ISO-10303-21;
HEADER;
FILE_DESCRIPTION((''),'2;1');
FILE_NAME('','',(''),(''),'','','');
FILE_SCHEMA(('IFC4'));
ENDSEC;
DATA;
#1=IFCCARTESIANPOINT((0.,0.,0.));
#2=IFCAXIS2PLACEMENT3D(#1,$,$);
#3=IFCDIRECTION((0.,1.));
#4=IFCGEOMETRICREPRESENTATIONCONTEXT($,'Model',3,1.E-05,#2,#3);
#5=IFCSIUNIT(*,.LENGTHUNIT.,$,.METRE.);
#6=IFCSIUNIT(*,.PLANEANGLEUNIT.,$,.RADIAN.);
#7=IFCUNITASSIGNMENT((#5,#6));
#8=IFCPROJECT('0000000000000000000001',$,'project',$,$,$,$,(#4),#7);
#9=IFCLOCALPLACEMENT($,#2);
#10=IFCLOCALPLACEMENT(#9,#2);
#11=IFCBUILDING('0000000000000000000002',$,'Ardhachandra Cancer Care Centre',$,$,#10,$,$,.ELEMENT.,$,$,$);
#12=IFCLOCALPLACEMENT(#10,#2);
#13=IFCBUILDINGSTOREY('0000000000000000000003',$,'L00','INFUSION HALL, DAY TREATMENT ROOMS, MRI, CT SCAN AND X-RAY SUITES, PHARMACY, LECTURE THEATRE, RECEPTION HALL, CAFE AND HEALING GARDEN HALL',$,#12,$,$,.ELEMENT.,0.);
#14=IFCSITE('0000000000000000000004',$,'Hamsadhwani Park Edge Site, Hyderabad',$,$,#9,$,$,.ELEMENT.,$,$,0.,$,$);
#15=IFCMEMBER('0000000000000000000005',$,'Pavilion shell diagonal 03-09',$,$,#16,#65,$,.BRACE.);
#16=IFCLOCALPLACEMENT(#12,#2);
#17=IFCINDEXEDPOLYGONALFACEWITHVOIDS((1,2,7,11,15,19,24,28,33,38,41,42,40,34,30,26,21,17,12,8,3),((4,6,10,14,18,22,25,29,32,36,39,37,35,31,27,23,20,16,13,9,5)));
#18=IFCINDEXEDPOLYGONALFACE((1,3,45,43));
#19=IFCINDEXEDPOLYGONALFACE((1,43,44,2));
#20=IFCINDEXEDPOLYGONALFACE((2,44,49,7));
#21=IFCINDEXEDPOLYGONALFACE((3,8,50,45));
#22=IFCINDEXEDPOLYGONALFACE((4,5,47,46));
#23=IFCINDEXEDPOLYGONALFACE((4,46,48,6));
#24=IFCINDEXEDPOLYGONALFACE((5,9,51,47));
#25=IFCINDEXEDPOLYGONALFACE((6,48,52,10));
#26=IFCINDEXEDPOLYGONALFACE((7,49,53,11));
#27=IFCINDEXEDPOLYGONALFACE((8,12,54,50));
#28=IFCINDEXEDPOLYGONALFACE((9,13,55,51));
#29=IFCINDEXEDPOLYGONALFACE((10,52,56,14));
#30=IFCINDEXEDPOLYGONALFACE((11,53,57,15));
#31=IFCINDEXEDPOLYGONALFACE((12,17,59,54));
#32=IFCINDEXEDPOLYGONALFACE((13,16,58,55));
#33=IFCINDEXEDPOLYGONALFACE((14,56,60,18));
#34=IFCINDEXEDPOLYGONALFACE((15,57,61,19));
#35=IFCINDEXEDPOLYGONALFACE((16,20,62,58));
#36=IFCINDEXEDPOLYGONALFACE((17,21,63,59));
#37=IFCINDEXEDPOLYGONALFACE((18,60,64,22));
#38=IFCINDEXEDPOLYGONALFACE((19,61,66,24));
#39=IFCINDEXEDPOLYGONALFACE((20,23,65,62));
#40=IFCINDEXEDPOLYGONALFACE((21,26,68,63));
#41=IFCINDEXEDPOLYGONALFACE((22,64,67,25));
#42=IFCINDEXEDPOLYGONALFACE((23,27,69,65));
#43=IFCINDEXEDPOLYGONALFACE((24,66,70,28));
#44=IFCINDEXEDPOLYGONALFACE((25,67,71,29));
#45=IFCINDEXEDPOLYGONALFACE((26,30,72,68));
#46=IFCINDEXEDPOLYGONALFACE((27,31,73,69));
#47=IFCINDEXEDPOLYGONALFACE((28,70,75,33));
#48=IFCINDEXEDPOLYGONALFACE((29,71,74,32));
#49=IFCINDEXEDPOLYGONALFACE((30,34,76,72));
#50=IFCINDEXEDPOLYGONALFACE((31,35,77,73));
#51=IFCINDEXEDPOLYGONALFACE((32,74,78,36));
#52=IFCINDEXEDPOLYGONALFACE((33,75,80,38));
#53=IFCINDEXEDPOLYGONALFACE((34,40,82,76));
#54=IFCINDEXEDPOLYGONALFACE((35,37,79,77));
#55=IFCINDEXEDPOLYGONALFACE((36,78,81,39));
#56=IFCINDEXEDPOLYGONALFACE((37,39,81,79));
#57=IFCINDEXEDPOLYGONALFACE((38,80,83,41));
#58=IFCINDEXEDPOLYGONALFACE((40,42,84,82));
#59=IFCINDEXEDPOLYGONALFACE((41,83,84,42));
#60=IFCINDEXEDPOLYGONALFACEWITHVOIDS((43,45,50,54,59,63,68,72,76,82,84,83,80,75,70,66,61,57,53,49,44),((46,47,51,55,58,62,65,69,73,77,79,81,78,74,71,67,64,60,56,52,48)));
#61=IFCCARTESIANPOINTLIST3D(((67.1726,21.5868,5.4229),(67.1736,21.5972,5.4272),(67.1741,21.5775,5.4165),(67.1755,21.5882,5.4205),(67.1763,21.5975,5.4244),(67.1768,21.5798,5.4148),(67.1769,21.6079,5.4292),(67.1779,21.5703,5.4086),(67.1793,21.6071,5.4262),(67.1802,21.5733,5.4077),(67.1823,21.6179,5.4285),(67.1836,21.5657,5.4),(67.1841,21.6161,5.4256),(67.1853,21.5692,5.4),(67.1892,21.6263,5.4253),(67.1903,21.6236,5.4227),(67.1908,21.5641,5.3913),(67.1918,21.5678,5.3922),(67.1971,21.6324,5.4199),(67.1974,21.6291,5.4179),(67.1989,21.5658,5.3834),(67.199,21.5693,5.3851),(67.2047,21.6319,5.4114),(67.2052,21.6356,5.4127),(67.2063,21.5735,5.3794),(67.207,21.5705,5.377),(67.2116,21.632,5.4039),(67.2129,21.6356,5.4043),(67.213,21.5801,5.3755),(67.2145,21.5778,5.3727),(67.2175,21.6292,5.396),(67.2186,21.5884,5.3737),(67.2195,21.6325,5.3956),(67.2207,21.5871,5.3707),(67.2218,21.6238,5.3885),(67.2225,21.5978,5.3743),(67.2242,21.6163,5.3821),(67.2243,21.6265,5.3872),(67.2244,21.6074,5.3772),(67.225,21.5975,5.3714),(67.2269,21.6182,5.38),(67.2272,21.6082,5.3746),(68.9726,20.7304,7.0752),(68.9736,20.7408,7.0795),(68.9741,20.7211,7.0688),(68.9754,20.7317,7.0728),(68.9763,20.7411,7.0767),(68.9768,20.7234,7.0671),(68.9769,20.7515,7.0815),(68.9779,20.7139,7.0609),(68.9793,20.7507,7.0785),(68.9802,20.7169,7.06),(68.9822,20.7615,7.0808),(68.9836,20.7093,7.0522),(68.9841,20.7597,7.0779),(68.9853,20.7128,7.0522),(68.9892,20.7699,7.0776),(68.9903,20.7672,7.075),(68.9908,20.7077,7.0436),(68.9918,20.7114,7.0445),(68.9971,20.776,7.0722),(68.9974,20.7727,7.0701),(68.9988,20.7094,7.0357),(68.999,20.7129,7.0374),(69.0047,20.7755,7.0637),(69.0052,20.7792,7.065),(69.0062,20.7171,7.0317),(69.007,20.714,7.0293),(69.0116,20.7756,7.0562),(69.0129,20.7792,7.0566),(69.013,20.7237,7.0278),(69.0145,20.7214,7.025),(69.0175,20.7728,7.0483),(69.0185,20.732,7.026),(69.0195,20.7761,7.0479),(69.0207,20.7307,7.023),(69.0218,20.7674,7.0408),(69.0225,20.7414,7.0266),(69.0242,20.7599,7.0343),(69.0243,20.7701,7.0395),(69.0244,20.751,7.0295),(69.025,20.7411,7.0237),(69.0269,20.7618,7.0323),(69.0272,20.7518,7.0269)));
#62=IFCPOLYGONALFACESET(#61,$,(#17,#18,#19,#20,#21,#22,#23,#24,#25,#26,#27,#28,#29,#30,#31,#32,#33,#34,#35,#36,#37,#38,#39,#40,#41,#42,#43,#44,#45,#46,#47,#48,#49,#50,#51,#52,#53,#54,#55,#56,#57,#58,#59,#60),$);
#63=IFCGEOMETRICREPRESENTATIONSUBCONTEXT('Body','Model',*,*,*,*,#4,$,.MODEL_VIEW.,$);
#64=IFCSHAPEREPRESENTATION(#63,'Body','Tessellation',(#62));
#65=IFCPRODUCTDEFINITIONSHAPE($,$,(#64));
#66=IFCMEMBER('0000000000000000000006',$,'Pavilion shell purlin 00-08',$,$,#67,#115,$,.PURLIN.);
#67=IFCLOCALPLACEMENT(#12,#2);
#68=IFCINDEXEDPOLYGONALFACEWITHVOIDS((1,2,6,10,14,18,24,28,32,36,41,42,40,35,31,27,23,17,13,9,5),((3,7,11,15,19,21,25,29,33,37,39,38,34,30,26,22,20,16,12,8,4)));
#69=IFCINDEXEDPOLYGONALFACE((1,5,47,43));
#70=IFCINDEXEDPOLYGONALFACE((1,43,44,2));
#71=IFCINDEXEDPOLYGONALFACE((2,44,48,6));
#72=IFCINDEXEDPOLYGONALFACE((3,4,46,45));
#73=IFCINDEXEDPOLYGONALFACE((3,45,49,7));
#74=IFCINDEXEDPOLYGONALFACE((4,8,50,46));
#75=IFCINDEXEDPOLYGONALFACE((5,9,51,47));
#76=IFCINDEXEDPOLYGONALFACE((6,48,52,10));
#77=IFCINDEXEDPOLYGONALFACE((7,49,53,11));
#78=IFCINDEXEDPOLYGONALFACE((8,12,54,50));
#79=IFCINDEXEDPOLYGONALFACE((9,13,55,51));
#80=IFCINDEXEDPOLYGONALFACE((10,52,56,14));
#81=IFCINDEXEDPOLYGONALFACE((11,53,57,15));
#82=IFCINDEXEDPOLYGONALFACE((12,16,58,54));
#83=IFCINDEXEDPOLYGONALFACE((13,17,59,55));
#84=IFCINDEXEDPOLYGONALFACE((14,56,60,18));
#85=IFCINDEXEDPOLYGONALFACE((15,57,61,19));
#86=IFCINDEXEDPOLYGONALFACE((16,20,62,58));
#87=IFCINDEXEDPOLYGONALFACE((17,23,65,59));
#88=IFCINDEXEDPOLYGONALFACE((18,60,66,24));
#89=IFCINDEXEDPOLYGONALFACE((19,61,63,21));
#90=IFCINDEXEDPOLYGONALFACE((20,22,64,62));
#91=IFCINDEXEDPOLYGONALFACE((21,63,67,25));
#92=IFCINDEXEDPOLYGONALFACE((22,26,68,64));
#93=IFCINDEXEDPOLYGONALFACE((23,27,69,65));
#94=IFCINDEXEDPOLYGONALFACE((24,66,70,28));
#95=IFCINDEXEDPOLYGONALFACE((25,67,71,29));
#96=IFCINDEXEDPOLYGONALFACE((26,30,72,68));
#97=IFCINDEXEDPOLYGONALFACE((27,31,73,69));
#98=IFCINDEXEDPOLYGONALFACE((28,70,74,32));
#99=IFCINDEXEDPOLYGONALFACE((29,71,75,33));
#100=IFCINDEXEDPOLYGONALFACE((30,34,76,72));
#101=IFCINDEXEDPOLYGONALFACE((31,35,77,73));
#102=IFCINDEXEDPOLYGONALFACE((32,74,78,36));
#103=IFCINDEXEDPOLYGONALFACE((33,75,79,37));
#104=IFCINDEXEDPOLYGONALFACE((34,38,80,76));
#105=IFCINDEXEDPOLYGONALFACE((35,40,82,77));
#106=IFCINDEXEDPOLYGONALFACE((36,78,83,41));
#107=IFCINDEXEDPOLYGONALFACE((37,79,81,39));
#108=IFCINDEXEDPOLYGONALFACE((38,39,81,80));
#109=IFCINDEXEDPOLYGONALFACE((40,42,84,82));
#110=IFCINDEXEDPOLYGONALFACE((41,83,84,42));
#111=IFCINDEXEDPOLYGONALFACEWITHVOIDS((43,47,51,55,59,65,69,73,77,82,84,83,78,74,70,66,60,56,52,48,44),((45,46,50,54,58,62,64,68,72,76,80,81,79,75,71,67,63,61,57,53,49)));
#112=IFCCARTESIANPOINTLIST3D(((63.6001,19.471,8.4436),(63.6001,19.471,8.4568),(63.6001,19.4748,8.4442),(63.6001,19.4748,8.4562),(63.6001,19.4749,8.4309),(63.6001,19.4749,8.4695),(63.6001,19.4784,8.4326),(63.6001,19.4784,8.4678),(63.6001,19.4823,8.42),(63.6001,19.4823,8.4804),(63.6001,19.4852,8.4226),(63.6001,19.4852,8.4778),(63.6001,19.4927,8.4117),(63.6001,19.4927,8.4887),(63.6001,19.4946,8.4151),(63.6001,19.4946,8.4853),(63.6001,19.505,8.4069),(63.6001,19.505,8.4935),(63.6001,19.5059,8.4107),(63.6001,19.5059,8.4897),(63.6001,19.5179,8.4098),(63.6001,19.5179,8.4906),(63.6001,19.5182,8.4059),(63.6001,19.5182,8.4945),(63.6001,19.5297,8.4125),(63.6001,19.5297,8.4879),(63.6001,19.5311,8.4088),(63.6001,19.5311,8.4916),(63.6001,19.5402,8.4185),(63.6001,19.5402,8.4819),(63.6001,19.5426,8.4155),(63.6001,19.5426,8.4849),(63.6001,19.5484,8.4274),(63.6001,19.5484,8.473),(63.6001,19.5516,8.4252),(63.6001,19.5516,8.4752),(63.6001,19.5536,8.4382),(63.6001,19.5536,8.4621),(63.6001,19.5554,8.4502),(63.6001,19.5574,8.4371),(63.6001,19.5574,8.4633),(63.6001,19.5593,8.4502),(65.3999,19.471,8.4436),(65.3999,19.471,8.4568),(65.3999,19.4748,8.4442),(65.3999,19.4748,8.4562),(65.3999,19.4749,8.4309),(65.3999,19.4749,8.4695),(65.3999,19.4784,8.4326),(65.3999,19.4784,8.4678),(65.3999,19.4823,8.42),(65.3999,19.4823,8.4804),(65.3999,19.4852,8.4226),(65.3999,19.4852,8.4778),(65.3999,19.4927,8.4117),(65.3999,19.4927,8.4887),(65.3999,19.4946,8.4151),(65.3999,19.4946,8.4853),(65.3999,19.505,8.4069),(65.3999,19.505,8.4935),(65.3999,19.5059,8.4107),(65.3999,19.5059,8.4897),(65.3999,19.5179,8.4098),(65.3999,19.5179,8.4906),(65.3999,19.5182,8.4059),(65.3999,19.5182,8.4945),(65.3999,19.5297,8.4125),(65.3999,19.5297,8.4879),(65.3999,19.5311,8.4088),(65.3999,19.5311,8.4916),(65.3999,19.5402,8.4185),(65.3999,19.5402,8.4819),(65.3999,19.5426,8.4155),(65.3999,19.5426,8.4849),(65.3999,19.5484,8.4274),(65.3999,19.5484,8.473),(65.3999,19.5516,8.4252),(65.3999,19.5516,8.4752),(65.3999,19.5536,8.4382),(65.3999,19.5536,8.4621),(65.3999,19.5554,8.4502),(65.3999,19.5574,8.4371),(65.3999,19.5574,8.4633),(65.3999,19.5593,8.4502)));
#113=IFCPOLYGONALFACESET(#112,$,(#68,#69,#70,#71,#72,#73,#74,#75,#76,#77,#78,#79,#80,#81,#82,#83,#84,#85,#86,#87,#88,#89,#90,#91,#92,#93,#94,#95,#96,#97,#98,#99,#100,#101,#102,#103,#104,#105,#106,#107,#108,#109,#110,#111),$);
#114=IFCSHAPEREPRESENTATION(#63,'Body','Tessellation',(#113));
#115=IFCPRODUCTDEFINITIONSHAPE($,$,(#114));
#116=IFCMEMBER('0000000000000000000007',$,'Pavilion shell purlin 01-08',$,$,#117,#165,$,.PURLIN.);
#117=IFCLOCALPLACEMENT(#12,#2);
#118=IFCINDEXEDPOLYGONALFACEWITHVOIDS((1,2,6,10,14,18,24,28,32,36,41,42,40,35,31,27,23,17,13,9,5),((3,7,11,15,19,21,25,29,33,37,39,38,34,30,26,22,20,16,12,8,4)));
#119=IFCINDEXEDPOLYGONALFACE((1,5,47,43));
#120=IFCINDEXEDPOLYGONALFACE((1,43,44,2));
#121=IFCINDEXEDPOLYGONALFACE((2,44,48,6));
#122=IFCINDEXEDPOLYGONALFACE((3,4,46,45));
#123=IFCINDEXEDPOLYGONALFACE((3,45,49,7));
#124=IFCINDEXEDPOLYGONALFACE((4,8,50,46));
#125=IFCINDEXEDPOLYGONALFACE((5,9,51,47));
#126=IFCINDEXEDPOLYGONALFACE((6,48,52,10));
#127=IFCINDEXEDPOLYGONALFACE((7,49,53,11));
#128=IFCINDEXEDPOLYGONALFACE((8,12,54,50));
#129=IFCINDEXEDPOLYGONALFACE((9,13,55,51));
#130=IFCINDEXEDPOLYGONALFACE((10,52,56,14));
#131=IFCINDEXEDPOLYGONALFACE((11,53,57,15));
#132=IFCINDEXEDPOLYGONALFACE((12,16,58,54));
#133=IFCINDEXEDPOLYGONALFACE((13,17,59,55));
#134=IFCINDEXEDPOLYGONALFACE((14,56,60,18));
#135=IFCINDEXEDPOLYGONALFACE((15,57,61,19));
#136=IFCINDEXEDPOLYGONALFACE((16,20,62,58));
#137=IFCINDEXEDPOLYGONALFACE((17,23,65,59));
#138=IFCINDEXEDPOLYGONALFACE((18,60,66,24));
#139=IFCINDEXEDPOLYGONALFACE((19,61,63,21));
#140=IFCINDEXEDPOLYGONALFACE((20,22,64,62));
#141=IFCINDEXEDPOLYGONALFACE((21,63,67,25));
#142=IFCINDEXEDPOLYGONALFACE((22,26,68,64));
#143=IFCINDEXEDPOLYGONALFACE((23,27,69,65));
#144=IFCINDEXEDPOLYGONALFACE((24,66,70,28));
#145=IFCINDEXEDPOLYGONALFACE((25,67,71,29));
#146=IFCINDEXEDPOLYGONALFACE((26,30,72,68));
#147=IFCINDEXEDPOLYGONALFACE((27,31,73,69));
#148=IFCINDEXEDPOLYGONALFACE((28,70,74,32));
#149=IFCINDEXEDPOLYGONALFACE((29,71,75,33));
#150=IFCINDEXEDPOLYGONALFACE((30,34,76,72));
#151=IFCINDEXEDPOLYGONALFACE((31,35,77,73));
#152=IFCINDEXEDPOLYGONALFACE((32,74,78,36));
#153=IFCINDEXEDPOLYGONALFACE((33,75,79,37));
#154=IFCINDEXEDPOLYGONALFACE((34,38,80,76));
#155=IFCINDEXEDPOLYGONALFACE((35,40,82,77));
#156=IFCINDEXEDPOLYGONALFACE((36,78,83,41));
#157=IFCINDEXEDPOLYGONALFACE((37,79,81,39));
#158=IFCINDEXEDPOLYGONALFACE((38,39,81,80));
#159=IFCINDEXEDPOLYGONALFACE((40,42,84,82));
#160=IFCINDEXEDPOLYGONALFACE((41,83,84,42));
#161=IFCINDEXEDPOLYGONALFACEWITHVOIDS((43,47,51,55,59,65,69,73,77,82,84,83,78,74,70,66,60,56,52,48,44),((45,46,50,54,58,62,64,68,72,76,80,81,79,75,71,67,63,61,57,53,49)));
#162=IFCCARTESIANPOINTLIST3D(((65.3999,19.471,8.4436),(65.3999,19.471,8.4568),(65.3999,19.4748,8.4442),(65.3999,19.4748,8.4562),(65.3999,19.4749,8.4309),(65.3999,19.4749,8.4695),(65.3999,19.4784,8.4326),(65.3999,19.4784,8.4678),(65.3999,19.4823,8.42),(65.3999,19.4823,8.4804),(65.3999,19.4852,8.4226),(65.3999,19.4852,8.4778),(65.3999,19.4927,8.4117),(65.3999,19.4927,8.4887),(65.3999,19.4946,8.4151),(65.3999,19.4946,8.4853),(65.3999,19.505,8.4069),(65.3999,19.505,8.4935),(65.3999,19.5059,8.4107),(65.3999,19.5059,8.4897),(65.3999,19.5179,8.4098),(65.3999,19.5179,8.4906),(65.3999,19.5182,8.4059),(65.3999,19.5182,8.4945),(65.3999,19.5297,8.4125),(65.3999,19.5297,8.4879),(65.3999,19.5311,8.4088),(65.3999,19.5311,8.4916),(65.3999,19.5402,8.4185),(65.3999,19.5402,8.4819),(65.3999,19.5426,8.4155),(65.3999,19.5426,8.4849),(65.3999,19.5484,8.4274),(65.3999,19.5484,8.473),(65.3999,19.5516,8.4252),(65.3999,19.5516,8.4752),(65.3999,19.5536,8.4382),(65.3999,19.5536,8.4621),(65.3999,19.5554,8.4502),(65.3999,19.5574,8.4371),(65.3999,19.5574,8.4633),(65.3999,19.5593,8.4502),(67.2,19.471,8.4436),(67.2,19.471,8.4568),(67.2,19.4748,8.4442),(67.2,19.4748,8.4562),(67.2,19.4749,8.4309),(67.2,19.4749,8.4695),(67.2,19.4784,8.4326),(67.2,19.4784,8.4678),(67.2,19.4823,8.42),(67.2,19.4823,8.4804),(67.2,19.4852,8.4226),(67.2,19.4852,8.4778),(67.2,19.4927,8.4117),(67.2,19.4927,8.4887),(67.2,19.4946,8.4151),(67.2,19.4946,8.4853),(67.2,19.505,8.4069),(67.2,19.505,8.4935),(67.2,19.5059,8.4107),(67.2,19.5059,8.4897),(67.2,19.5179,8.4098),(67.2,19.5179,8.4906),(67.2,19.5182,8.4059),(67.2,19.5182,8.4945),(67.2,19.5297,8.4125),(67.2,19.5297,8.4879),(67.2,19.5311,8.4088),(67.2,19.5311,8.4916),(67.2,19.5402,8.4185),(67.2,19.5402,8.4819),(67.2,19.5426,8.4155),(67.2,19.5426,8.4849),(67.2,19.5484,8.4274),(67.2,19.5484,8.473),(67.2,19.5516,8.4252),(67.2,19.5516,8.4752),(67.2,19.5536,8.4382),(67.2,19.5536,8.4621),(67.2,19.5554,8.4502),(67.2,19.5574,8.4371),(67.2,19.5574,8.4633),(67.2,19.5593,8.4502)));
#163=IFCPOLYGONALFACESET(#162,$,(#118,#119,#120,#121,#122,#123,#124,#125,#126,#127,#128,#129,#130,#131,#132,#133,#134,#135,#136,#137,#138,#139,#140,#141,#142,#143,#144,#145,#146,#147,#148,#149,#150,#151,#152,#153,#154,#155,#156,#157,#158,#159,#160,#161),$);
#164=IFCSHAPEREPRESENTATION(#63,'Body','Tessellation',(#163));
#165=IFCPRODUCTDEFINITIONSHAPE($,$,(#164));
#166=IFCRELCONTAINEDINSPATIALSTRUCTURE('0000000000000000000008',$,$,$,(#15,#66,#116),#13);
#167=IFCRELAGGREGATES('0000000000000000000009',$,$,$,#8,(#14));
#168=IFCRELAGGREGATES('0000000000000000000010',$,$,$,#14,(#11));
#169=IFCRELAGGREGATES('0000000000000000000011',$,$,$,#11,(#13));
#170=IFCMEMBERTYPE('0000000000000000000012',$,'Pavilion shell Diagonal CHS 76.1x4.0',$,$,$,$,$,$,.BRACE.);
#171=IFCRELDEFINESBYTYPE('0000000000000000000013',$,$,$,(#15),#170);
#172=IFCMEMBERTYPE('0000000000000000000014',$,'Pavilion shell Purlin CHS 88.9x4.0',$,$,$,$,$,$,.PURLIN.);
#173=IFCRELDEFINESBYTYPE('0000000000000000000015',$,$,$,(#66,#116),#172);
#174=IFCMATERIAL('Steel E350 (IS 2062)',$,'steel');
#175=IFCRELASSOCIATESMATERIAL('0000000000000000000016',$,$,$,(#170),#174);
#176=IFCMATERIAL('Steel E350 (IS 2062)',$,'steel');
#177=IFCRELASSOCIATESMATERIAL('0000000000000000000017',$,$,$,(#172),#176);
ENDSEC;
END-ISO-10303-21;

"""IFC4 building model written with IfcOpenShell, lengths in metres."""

from ifc_helpers import new_model, si_unit, direction, frame, origin, origin_2d, place, context, subcontext, project, spatial, hollow_circle, extrude, material, material_profile, profile_set, type_object, element, save


model = new_model("IFC4")

# Units and contexts
model_context = context("Model", 3, precision=1e-05, world=origin(), true_north=direction((0.0, 1.0)))
body_context = subcontext(model_context, "Body", "Model", "MODEL_VIEW")
ifc_project = project(units=[si_unit("LENGTHUNIT", "METRE"), si_unit("PLANEANGLEUNIT", "RADIAN")], contexts=[model_context])

# Site, building, storey
site_placement = place(None, origin())
site = spatial("IfcSite", under=ifc_project, at=site_placement, Name="Hamsadhwani Park Edge Site, Hyderabad", CompositionType="ELEMENT", RefElevation=0.0)
building_placement = place(site_placement, origin())
building = spatial("IfcBuilding", under=site, at=building_placement, Name="Ardhachandra Cancer Care Centre", CompositionType="ELEMENT")
storey_placement = place(building_placement, origin())
storey = spatial("IfcBuildingStorey", under=building, at=storey_placement, Name="L00", Description="INFUSION HALL, DAY TREATMENT ROOMS, MRI, CT SCAN AND X-RAY SUITES, PHARMACY, LECTURE THEATRE, RECEPTION HALL, CAFE AND HEALING GARDEN HALL", CompositionType="ELEMENT", Elevation=0.0)

# Members
ifc_material_1 = material(Name="Steel E350 (IS 2062)", Category="steel")
ifc_material_profile_1 = material_profile(ifc_material_1, hollow_circle(Radius=0.0381, WallThickness=0.0039, at=origin_2d()), Name="CHS 76.1x4.0")
ifc_profile_set_1 = profile_set([ifc_material_profile_1], Name="Steel E350 (IS 2062)")
member_type_1 = type_object("IfcMemberType", Name="Pavilion shell Diagonal CHS 76.1x4.0", PredefinedType="BRACE", material=ifc_profile_set_1)
for number, where, z_axis, x_axis, name in (
    (1, (69.0, 20.7437, 7.0522), (-0.695216, 0.330777, -0.63817), (-0.429639, -0.903001, 0.0), "Pavilion shell diagonal 03-09"),
):
    element("IfcMember", number, at=place(storey_placement, frame(where, z_axis=z_axis, x_axis=x_axis)), inside=storey, type_object=member_type_1, Name=name, PredefinedType="BRACE", context=body_context, shape_type="SweptSolid", body=[
        extrude(hollow_circle(Radius=0.0381, WallThickness=0.0039, at=origin_2d()), origin(), (0.0, 0.0, 1.0), 2.5891),
    ])
ifc_material_2 = material(Name="Steel E350 (IS 2062)", Category="steel")
ifc_material_profile_2 = material_profile(ifc_material_2, hollow_circle(Radius=0.0444, WallThickness=0.0039, at=origin_2d()), Name="CHS 88.9x4.0")
ifc_profile_set_2 = profile_set([ifc_material_profile_2], Name="Steel E350 (IS 2062)")
member_type_2 = type_object("IfcMemberType", Name="Pavilion shell Purlin CHS 88.9x4.0", PredefinedType="PURLIN", material=ifc_profile_set_2)
member_1_placement = place(storey_placement, frame((63.6001, 19.5149, 8.4502), z_axis=(1.0, 0.0, 0.0), x_axis=(0.0, 1.0, 0.0)))
element("IfcMember", 2, at=member_1_placement, inside=storey, type_object=member_type_2, Name="Pavilion shell purlin 00-08", PredefinedType="PURLIN", context=body_context, shape_type="SweptSolid", body=[
    extrude(hollow_circle(Radius=0.0444, WallThickness=0.0039, at=origin_2d()), origin(), (0.0, 0.0, 1.0), 1.7998),
])
member_2_placement = place(storey_placement, frame((65.3999, 19.5149, 8.4502), z_axis=(1.0, 0.0, 0.0), x_axis=(0.0, 1.0, 0.0)))
element("IfcMember", 3, at=member_2_placement, inside=storey, type_object=member_type_2, Name="Pavilion shell purlin 01-08", PredefinedType="PURLIN", context=body_context, shape_type="SweptSolid", body=[
    extrude(hollow_circle(Radius=0.0444, WallThickness=0.0039, at=origin_2d()), origin(), (0.0, 0.0, 1.0), 1.8),
])

save(model, "model.ifc")
